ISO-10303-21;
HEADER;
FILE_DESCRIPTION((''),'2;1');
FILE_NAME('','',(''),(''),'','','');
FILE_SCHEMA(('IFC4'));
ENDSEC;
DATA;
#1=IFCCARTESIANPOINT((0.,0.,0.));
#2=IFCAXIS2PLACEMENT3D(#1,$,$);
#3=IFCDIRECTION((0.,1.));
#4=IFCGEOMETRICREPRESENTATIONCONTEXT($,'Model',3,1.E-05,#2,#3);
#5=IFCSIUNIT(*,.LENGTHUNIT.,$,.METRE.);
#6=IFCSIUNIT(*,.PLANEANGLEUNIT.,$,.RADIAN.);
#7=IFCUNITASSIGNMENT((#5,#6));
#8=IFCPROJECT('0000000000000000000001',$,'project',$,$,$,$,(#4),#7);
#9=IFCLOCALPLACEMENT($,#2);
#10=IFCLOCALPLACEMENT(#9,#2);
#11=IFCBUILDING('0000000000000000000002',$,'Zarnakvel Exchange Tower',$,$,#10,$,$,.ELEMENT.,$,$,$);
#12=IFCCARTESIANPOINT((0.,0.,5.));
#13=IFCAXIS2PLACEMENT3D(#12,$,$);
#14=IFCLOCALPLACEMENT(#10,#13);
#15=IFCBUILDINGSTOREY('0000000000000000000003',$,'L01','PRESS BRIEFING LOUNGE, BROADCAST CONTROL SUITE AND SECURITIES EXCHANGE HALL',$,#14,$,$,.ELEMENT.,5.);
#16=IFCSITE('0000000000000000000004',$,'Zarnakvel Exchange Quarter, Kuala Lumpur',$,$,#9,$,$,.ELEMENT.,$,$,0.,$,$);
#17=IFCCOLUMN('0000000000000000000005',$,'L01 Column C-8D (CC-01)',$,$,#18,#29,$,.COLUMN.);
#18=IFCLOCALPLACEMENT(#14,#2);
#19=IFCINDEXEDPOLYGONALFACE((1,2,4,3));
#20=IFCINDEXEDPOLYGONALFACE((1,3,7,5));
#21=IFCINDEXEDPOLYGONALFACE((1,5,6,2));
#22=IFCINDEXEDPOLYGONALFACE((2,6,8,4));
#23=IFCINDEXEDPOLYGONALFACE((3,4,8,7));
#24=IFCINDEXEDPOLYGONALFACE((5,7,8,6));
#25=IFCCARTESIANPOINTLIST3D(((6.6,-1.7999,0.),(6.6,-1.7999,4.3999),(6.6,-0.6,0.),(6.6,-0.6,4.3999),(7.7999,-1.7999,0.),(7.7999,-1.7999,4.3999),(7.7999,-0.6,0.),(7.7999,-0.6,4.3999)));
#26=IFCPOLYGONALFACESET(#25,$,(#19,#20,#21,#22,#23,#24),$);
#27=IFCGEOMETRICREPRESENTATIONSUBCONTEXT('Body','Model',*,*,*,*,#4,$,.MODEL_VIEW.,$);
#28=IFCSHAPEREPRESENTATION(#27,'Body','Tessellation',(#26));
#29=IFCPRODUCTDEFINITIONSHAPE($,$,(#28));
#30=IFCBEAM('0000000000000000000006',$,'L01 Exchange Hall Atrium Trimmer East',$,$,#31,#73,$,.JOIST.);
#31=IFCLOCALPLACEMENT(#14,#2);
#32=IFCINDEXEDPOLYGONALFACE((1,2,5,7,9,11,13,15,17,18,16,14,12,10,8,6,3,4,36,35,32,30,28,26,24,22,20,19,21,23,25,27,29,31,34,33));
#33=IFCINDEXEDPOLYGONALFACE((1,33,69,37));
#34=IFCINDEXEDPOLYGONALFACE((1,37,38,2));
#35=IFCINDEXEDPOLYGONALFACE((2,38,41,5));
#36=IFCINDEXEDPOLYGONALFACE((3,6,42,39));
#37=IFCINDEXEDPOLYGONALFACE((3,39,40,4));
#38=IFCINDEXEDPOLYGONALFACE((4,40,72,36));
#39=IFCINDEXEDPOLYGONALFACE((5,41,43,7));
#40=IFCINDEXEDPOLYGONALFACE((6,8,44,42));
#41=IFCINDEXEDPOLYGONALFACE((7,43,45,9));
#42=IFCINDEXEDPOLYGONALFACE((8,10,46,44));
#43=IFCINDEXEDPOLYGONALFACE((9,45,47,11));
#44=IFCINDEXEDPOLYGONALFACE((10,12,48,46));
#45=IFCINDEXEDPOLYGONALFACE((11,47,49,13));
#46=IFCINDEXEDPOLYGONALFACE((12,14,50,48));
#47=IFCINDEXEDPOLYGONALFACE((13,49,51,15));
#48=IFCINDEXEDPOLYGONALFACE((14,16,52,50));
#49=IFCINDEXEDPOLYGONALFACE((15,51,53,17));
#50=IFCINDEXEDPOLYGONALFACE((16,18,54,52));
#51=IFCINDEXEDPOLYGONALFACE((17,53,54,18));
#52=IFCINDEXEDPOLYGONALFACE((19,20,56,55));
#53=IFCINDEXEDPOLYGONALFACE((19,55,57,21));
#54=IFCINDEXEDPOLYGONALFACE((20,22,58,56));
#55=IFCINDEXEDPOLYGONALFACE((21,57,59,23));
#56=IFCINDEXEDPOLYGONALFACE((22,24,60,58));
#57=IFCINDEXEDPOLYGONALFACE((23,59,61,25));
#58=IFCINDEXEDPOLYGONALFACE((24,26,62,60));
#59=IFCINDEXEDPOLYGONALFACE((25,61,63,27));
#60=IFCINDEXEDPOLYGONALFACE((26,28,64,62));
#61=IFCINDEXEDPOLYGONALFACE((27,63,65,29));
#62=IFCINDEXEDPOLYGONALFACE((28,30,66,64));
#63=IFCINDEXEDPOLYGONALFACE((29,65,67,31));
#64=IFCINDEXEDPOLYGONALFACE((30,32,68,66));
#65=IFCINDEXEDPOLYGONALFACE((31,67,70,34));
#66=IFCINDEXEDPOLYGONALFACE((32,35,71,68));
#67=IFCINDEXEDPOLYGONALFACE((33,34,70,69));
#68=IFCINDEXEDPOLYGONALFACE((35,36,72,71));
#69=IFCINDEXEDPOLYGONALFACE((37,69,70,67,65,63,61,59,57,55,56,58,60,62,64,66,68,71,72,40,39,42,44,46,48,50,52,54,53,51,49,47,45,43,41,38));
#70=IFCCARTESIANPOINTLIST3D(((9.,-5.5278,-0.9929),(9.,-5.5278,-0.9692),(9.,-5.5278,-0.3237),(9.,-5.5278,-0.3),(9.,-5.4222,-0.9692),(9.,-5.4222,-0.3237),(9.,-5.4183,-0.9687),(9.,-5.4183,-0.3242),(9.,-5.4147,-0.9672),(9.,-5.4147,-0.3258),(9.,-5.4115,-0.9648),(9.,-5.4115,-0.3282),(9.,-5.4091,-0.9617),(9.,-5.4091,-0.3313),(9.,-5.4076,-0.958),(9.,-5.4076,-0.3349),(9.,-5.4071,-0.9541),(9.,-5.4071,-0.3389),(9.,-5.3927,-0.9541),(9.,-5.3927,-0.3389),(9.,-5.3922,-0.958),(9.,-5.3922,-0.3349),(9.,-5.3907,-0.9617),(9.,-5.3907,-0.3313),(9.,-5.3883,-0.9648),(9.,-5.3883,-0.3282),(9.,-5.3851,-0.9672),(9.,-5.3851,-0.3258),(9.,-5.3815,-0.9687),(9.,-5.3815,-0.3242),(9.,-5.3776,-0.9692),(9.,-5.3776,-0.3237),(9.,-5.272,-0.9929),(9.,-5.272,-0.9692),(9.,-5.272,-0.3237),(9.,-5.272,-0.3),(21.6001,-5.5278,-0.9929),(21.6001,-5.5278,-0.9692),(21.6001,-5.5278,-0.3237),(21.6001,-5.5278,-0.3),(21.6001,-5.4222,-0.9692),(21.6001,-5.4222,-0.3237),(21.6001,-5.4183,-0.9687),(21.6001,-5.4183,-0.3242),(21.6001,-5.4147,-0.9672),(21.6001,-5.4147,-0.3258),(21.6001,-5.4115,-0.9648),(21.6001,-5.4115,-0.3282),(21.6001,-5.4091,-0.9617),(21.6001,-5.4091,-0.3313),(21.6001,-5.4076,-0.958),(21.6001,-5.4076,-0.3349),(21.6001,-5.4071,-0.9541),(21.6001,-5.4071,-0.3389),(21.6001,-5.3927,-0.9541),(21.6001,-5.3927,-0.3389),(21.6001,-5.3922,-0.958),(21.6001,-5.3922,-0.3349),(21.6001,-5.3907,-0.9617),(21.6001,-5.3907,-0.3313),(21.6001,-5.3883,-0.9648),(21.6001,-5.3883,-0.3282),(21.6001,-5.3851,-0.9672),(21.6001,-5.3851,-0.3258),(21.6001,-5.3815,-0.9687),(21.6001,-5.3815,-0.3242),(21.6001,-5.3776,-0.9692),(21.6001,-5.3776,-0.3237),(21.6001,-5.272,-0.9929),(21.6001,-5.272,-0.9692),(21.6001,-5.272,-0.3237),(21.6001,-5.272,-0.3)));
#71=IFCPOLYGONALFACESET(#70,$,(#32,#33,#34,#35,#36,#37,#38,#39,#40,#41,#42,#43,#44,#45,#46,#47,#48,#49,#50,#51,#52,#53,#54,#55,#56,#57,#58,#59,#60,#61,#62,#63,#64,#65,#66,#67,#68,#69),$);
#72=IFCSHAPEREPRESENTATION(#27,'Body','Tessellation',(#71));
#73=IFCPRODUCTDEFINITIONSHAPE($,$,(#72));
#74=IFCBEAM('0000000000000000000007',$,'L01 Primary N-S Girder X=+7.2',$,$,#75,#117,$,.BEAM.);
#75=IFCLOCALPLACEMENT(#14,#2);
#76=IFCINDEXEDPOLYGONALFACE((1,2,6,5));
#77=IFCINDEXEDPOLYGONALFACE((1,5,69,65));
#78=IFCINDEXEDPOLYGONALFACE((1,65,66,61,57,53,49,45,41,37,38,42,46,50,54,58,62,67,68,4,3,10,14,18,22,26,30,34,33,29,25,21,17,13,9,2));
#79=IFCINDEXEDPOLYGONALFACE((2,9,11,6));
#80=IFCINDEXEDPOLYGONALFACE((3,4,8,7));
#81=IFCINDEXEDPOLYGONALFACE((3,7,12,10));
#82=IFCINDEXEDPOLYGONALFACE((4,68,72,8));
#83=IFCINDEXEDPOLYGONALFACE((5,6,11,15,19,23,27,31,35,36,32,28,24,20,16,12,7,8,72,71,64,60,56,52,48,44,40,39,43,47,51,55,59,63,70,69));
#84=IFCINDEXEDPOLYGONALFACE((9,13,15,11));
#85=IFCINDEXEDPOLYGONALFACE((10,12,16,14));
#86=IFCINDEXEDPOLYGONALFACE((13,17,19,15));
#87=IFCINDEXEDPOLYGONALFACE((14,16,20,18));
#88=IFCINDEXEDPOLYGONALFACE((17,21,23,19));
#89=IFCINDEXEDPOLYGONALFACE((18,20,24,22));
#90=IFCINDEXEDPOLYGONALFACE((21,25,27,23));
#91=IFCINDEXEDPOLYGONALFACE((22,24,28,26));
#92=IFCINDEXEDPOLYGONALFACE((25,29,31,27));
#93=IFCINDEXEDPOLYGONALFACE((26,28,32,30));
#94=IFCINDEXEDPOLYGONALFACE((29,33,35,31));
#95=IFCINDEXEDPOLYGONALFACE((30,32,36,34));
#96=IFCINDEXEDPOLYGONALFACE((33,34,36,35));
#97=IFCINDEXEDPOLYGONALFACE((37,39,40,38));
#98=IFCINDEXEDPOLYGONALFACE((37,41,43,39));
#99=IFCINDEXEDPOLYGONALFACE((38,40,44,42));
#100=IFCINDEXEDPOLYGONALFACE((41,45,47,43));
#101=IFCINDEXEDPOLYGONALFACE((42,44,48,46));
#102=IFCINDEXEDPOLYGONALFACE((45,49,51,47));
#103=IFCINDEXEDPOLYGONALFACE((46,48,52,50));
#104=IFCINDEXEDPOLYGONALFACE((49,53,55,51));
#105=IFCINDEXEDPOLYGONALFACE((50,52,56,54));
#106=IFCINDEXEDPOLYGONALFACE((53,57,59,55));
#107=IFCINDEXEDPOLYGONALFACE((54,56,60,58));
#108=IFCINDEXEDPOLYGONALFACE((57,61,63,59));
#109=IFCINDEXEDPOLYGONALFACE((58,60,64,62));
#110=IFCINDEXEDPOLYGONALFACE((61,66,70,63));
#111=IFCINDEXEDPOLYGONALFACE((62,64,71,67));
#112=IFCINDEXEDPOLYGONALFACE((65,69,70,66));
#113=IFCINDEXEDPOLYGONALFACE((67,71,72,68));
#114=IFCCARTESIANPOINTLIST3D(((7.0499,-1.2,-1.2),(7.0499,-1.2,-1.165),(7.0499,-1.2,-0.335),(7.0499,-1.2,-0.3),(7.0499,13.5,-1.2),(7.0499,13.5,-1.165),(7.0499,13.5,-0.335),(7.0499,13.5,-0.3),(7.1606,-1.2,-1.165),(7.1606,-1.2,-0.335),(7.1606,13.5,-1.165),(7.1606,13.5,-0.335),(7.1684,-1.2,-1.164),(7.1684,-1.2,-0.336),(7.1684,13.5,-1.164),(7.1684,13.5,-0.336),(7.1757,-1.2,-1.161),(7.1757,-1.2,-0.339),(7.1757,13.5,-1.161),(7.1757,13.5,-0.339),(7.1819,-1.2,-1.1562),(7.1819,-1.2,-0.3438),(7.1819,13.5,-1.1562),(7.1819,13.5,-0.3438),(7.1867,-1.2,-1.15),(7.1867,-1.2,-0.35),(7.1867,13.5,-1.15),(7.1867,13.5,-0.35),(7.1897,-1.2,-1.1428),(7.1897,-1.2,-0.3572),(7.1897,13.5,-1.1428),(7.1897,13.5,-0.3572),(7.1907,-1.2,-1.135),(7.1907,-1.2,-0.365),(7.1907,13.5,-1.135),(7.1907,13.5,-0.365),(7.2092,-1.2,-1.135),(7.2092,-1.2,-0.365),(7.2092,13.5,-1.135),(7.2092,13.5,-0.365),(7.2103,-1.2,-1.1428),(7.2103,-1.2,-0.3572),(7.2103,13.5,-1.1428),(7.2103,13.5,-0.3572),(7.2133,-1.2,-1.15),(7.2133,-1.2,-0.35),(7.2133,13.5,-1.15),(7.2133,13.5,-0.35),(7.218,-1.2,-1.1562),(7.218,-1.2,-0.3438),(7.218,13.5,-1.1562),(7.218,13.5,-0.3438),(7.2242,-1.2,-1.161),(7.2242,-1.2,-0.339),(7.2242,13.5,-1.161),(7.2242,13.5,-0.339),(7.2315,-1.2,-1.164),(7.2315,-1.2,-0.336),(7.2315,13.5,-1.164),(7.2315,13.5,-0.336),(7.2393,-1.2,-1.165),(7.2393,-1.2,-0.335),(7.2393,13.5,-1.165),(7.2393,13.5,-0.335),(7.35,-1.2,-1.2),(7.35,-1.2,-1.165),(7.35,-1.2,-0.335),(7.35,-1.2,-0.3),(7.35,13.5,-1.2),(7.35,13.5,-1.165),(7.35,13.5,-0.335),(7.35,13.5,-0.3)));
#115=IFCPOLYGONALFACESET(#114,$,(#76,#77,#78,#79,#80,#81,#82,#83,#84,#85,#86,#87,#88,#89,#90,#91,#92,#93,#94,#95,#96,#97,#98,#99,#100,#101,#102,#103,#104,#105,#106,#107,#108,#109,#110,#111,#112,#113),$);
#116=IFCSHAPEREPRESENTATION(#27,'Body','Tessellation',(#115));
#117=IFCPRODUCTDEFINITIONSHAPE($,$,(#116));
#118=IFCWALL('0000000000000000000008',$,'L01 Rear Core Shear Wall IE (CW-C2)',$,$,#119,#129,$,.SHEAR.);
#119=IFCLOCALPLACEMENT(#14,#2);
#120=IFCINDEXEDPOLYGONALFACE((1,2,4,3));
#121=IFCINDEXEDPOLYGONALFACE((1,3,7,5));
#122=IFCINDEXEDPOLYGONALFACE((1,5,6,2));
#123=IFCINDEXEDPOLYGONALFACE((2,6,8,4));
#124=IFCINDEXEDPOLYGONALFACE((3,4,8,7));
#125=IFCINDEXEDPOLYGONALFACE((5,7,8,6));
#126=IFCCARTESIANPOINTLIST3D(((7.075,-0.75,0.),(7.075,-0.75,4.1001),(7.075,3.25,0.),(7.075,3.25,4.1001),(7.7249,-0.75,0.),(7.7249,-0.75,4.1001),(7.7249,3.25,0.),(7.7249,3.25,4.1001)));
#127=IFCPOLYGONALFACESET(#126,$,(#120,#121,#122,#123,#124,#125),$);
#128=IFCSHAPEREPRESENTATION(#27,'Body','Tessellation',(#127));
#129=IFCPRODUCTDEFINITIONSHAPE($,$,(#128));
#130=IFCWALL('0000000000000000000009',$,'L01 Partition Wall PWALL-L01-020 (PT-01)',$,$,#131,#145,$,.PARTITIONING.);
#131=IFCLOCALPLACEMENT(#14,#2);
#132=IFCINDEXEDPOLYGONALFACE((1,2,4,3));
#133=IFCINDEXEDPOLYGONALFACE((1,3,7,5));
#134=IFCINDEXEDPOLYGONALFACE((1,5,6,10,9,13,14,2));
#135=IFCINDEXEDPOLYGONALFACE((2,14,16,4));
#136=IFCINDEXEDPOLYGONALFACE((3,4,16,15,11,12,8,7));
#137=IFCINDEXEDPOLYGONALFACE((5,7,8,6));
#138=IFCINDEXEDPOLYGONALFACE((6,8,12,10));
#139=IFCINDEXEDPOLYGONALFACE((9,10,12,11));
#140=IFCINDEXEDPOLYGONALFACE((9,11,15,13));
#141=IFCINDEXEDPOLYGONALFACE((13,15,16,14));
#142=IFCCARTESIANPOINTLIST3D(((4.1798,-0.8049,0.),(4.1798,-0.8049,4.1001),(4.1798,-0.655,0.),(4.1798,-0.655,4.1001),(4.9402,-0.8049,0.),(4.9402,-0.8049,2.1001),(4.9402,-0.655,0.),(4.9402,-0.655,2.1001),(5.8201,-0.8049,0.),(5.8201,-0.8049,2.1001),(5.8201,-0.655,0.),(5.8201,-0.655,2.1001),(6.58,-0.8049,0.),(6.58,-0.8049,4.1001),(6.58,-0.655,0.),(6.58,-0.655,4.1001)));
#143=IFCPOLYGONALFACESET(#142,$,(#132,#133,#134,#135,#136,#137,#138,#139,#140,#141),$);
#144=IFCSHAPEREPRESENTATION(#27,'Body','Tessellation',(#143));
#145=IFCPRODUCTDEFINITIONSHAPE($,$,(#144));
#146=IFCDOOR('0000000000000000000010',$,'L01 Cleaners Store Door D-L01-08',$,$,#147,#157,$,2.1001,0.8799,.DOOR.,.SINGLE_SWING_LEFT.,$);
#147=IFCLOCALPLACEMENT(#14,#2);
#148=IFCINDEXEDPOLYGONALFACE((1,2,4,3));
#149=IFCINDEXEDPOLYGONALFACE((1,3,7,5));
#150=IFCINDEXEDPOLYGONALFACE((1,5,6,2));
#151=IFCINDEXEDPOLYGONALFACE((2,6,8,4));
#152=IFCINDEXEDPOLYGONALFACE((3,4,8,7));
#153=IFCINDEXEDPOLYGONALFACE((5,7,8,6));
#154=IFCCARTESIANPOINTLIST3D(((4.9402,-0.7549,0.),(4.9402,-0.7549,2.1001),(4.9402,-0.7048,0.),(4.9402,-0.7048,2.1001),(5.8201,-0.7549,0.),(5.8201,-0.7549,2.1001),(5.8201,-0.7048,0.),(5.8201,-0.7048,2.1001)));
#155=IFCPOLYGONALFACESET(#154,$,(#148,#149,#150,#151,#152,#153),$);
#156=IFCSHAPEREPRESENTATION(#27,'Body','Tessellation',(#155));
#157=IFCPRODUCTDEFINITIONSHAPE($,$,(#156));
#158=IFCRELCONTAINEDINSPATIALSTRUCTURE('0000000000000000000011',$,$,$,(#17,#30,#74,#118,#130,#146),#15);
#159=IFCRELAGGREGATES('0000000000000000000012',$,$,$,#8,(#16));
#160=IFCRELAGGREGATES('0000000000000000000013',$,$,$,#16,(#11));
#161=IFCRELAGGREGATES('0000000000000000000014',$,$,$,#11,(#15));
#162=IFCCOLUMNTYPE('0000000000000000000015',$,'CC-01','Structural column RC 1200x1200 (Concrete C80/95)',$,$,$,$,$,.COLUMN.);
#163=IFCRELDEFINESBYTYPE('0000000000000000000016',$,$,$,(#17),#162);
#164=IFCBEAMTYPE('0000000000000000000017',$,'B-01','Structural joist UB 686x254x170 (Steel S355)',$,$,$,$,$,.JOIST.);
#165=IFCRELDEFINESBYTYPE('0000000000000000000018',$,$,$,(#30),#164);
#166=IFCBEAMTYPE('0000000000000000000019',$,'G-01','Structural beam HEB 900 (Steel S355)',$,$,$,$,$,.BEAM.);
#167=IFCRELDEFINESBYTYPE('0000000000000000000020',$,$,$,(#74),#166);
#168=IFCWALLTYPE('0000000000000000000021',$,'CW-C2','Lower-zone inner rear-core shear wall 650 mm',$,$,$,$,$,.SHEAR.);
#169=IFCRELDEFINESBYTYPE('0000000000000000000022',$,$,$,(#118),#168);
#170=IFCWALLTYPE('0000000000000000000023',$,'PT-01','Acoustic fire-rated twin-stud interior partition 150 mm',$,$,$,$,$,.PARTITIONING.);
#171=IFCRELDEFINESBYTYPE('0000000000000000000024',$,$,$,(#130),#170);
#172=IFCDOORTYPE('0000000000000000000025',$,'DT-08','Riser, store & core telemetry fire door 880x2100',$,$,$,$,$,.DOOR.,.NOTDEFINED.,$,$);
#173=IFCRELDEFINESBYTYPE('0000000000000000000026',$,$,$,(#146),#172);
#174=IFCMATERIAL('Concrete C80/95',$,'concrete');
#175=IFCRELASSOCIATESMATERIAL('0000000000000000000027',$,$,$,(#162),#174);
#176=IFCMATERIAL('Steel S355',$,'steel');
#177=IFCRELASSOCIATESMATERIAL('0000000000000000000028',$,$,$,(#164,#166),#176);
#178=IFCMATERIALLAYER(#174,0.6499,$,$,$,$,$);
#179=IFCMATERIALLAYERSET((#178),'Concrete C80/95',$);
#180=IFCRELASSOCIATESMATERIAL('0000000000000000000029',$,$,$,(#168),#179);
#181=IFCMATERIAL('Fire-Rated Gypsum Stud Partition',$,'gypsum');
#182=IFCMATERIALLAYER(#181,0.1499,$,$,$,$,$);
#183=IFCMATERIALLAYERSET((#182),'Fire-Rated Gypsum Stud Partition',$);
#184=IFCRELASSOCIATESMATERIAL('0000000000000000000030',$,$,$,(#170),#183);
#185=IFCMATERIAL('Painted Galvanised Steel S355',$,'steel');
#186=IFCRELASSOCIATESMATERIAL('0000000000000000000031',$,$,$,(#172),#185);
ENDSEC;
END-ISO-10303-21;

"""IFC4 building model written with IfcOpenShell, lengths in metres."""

from ifc_helpers import new_model, si_unit, direction, frame, frame_2d, origin, origin_2d, place, context, subcontext, project, spatial, rectangle, i_section, extrude, source, transform, mapped, material, layer, layer_set, material_profile, profile_set, type_object, element, fill, save


model = new_model("IFC4")

# Units and contexts
model_context = context("Model", 3, precision=1e-05, world=origin(), true_north=direction((0.0, 1.0)))
body_context = subcontext(model_context, "Body", "Model", "MODEL_VIEW")
ifc_project = project(units=[si_unit("LENGTHUNIT", "METRE"), si_unit("PLANEANGLEUNIT", "RADIAN")], contexts=[model_context])

# Site, building, storey
site_placement = place(None, origin())
site = spatial("IfcSite", under=ifc_project, at=site_placement, Name="Zarnakvel Exchange Quarter, Kuala Lumpur", CompositionType="ELEMENT", RefElevation=0.0)
building_placement = place(site_placement, origin())
building = spatial("IfcBuilding", under=site, at=building_placement, Name="Zarnakvel Exchange Tower", CompositionType="ELEMENT")
storey_placement = place(building_placement, frame((0.0, 0.0, 5.0)))
storey = spatial("IfcBuildingStorey", under=building, at=storey_placement, Name="L01", Description="PRESS BRIEFING LOUNGE, BROADCAST CONTROL SUITE AND SECURITIES EXCHANGE HALL", CompositionType="ELEMENT", Elevation=5.0)

# Column
ifc_material_1 = material(Name="Concrete C80/95", Category="concrete")
ifc_material_profile_1 = material_profile(ifc_material_1, rectangle(XDim=1.2, YDim=1.2, at=origin_2d()))
ifc_profile_set_1 = profile_set([ifc_material_profile_1], Name="Concrete C80/95")
column_type = type_object("IfcColumnType", Name="CC-01", Description="Structural column RC 1200x1200 (Concrete C80/95)", PredefinedType="COLUMN", material=ifc_profile_set_1)
column_placement = place(storey_placement, frame((7.2, -1.2, 0.0), z_axis=(0.0, 0.0, 1.0), x_axis=(1.0, 0.0, 0.0)))
element("IfcColumn", 1, at=column_placement, inside=storey, type_object=column_type, Name="L01 Column C-8D (CC-01)", PredefinedType="COLUMN", context=body_context, shape_type="SweptSolid", body=[
    extrude(rectangle(XDim=1.2, YDim=1.2, at=origin_2d()), origin(), (0.0, 0.0, 1.0), 4.3999),
])

# Beams
ifc_material_2 = material(Name="Steel S355", Category="steel")
ifc_material_profile_2 = material_profile(ifc_material_2, i_section(OverallWidth=0.2559, OverallDepth=0.6929, WebThickness=0.0144, FlangeThickness=0.0237, FilletRadius=0.0151, at=origin_2d()))
ifc_profile_set_2 = profile_set([ifc_material_profile_2], Name="Steel S355")
beam_type_1 = type_object("IfcBeamType", Name="B-01", Description="Structural joist UB 686x254x170 (Steel S355)", PredefinedType="JOIST", material=ifc_profile_set_2)
beam_1_placement = place(storey_placement, frame((9.0, -5.3999, -0.6465), z_axis=(1.0, 0.0, 0.0), x_axis=(0.0, 1.0, 0.0)))
element("IfcBeam", 2, at=beam_1_placement, inside=storey, type_object=beam_type_1, Name="L01 Exchange Hall Atrium Trimmer East", PredefinedType="JOIST", context=body_context, shape_type="SweptSolid", body=[
    extrude(i_section(OverallWidth=0.2559, OverallDepth=0.6929, WebThickness=0.0144, FlangeThickness=0.0237, FilletRadius=0.0151, at=origin_2d()), origin(), (0.0, 0.0, 1.0), 12.6001),
])
ifc_material_profile_3 = material_profile(ifc_material_2, i_section(OverallWidth=0.3, OverallDepth=0.8999, WebThickness=0.0186, FlangeThickness=0.0349, FilletRadius=0.03, at=origin_2d()))
ifc_profile_set_3 = profile_set([ifc_material_profile_3], Name="Steel S355")
beam_type_2 = type_object("IfcBeamType", Name="G-01", Description="Structural beam HEB 900 (Steel S355)", PredefinedType="BEAM", material=ifc_profile_set_3)
beam_2_placement = place(storey_placement, frame((7.2, -1.2, -0.75), z_axis=(0.0, 1.0, 0.0), x_axis=(-1.0, 0.0, 0.0)))
element("IfcBeam", 3, at=beam_2_placement, inside=storey, type_object=beam_type_2, Name="L01 Primary N-S Girder X=+7.2", PredefinedType="BEAM", context=body_context, shape_type="SweptSolid", body=[
    extrude(i_section(OverallWidth=0.3, OverallDepth=0.8999, WebThickness=0.0186, FlangeThickness=0.0349, FilletRadius=0.03, at=origin_2d()), origin(), (0.0, 0.0, 1.0), 14.7),
])

# Shared definitions
ifc_material_3 = material(Name="Painted Galvanised Steel S355", Category="steel")

# Wall
ifc_layer_1 = layer(ifc_material_1, 0.6499)
ifc_layer_set_1 = layer_set([ifc_layer_1], Name="Concrete C80/95")
wall_type_1 = type_object("IfcWallType", Name="CW-C2", Description="Lower-zone inner rear-core shear wall 650 mm", PredefinedType="SHEAR", material=ifc_layer_set_1)
wall_1_placement = place(storey_placement, frame((7.3999, -0.75, 0.0), z_axis=(0.0, 0.0, 1.0), x_axis=(0.0, 1.0, 0.0)))
element("IfcWall", 4, at=wall_1_placement, inside=storey, type_object=wall_type_1, Name="L01 Rear Core Shear Wall IE (CW-C2)", PredefinedType="SHEAR", context=body_context, shape_type="SweptSolid", body=[
    extrude(rectangle(XDim=4.0, YDim=0.6499, at=frame_2d((2.0, 0.0))), origin(), (0.0, 0.0, 1.0), 4.1001),
])

# Wall, opening, door
ifc_material_4 = material(Name="Fire-Rated Gypsum Stud Partition", Category="gypsum")
ifc_layer_2 = layer(ifc_material_4, 0.1499)
ifc_layer_set_2 = layer_set([ifc_layer_2], Name="Fire-Rated Gypsum Stud Partition")
wall_type_2 = type_object("IfcWallType", Name="PT-01", Description="Acoustic fire-rated twin-stud interior partition 150 mm", PredefinedType="PARTITIONING", material=ifc_layer_set_2)
wall_2_placement = place(storey_placement, frame((6.5801, -0.73, 0.0), z_axis=(0.0, 0.0, 1.0), x_axis=(-1.0, 0.0, 0.0)))
wall_2 = element("IfcWall", 5, at=wall_2_placement, inside=storey, type_object=wall_type_2, Name="L01 Partition Wall PWALL-L01-020 (PT-01)", PredefinedType="PARTITIONING", context=body_context, shape_type="SweptSolid", body=[
    extrude(rectangle(XDim=2.4001, YDim=0.1499, at=frame_2d((1.2002, 0.0))), origin(), (0.0, 0.0, 1.0), 4.1001),
])
opening_1_placement = place(wall_2_placement, frame((0.76, 0.0, 0.0)))
opening_1 = element("IfcOpeningElement", 6, at=opening_1_placement, cuts=wall_2, PredefinedType="OPENING", context=body_context, shape_type="SweptSolid", body=[
    extrude(rectangle(XDim=0.8799, YDim=2.1001, at=frame_2d((0.4399, 1.05))), frame((0.0, 0.085, 0.0), z_axis=(0.0, -1.0, 0.0), x_axis=(1.0, 0.0, 0.0)), (0.0, 0.0, 1.0), 0.1699),
])
door_type_1 = type_object("IfcDoorType", Name="DT-08", Description="Riser, store & core telemetry fire door 880x2100", OperationType="NOTDEFINED", PredefinedType="DOOR", material=ifc_material_3)
shared_shape_1 = source(origin(), body_context, "Body", "SweptSolid", [
    extrude(rectangle(XDim=0.8799, YDim=2.1001, at=frame_2d((0.4399, 1.05))), frame((0.0, 0.0249, 0.0), z_axis=(0.0, -1.0, 0.0), x_axis=(1.0, 0.0, 0.0)), (0.0, 0.0, 1.0), 0.05),
])
door_1_placement = place(opening_1_placement, origin())
door_1 = element("IfcDoor", 7, at=door_1_placement, inside=storey, type_object=door_type_1, Name="L01 Cleaners Store Door D-L01-08", OperationType="SINGLE_SWING_LEFT", OverallHeight=2.1001, OverallWidth=0.8799, PredefinedType="DOOR", context=body_context, shape_type="MappedRepresentation", body=[
    mapped(shared_shape_1, transform((0.0, 0.0, 0.0), x_axis=(1.0, 0.0, 0.0), y_axis=(0.0, 1.0, 0.0), z_axis=(0.0, 0.0, 1.0), scale=1.0)),
])
fill(opening_1, door_1)

save(model, "model.ifc")
